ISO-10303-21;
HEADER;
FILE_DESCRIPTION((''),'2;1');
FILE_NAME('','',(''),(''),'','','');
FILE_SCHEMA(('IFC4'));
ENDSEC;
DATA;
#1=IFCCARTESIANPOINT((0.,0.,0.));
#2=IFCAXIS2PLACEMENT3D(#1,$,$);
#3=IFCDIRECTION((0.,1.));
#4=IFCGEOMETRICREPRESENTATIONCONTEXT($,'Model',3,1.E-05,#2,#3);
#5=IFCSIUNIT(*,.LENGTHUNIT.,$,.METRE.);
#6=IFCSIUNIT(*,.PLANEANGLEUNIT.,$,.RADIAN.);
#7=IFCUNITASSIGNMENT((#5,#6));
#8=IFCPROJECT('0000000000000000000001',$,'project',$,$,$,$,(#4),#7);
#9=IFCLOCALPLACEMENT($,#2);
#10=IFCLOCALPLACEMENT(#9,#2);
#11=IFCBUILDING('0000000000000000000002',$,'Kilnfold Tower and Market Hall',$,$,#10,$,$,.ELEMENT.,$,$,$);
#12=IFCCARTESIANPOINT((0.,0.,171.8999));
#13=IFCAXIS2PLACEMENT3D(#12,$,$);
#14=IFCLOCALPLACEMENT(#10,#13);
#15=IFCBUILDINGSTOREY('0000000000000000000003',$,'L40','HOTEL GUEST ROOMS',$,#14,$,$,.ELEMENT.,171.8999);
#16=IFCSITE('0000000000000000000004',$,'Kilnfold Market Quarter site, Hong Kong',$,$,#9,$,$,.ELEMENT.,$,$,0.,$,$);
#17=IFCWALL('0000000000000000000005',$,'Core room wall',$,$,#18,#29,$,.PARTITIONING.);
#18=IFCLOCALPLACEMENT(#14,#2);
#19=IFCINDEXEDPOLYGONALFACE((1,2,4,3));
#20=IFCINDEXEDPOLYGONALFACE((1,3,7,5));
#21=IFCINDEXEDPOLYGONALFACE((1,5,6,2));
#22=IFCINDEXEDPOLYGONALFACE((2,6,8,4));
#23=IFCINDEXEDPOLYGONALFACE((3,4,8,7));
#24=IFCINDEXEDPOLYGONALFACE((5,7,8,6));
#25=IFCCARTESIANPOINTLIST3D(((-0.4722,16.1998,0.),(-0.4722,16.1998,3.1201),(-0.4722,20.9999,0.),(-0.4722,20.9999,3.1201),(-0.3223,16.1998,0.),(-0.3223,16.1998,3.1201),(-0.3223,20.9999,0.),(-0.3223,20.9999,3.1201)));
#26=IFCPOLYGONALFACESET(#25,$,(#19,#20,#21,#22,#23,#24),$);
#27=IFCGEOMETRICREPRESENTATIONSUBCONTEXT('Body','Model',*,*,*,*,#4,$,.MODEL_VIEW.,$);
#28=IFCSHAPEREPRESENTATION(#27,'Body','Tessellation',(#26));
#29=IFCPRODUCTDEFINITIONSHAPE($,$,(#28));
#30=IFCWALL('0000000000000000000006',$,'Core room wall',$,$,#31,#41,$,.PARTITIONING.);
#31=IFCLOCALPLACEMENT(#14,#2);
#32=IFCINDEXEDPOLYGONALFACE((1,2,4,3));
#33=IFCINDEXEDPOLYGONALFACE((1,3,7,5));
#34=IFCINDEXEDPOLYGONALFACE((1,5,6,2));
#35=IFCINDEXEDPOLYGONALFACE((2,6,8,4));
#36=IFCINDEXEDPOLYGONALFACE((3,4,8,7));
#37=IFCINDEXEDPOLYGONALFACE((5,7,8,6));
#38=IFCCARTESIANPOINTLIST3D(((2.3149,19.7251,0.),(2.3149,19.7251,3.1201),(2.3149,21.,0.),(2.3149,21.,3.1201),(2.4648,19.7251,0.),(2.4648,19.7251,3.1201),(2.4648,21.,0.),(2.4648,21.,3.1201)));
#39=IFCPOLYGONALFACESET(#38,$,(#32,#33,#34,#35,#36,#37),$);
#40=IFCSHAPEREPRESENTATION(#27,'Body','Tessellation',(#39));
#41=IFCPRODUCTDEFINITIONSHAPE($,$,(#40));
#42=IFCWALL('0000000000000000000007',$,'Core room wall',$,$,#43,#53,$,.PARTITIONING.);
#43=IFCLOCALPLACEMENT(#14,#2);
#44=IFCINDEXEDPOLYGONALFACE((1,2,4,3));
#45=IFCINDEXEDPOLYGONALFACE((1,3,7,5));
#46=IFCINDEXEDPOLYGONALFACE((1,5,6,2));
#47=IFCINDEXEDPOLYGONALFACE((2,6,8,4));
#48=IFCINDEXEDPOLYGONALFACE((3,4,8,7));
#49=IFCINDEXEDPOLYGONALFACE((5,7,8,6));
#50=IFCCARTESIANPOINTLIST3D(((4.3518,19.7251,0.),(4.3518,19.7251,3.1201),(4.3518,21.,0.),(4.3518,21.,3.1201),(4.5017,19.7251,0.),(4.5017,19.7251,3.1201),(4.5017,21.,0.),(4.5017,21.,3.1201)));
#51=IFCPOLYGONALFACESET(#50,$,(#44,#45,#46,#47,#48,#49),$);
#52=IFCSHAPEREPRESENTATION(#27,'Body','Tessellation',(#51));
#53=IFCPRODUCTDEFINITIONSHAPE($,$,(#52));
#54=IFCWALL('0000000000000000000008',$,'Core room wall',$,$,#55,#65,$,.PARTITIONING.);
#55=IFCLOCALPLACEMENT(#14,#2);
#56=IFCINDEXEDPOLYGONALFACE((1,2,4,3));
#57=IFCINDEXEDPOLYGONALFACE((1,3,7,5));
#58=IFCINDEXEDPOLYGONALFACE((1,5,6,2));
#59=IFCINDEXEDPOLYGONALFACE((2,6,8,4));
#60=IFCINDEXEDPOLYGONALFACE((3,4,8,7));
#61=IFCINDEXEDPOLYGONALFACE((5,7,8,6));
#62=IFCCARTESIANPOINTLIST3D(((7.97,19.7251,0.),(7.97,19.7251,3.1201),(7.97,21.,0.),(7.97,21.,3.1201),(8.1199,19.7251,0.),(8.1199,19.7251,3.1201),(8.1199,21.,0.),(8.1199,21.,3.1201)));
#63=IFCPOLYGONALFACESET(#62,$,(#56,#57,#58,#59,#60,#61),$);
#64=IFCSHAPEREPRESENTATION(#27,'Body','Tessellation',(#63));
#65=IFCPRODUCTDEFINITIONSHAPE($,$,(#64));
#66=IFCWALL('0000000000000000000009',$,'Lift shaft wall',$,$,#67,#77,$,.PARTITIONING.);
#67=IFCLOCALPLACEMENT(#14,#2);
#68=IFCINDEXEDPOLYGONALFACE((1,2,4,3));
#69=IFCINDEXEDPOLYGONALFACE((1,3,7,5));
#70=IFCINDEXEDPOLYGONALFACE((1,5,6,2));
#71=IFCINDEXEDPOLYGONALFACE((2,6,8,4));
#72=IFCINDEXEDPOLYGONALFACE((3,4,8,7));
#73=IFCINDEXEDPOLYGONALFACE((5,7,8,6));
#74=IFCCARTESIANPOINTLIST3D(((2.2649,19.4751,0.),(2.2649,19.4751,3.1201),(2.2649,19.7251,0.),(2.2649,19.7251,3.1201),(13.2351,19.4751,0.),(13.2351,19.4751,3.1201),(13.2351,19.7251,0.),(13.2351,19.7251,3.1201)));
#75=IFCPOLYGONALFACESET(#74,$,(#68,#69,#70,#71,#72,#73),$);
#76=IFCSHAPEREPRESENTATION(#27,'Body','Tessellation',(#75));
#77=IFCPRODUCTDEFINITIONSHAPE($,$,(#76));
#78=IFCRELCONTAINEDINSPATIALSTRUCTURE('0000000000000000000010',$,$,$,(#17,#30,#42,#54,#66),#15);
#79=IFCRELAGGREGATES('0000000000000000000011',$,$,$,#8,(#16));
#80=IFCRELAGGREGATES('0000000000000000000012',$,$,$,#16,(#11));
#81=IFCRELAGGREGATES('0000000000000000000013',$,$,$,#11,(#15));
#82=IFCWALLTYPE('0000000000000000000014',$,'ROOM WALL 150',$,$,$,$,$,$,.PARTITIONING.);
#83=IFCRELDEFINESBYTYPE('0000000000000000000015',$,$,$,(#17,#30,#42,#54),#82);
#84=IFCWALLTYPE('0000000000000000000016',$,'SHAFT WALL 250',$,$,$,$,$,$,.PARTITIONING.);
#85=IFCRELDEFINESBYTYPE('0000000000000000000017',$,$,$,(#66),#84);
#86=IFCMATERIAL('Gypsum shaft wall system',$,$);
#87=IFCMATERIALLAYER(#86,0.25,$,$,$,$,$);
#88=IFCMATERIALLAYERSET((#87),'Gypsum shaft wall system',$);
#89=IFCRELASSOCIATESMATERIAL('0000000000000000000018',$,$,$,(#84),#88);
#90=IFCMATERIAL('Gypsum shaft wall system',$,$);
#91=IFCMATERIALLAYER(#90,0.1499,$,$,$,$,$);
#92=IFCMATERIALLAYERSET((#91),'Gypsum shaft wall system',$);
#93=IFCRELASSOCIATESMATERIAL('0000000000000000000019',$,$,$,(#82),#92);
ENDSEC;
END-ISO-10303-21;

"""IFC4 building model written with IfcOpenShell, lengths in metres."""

from ifc_helpers import new_model, si_unit, direction, frame, frame_2d, origin, place, context, subcontext, project, spatial, rectangle, extrude, source, transform, mapped, material, layer, layer_set, type_object, element, save


model = new_model("IFC4")

# Units and contexts
model_context = context("Model", 3, precision=1e-05, world=origin(), true_north=direction((0.0, 1.0)))
body_context = subcontext(model_context, "Body", "Model", "MODEL_VIEW")
ifc_project = project(units=[si_unit("LENGTHUNIT", "METRE"), si_unit("PLANEANGLEUNIT", "RADIAN")], contexts=[model_context])

# Site, building, storey
site_placement = place(None, origin())
site = spatial("IfcSite", under=ifc_project, at=site_placement, Name="Kilnfold Market Quarter site, Hong Kong", CompositionType="ELEMENT", RefElevation=0.0)
building_placement = place(site_placement, origin())
building = spatial("IfcBuilding", under=site, at=building_placement, Name="Kilnfold Tower and Market Hall", CompositionType="ELEMENT")
storey_placement = place(building_placement, frame((0.0, 0.0, 171.8999)))
storey = spatial("IfcBuildingStorey", under=building, at=storey_placement, Name="L40", Description="HOTEL GUEST ROOMS", CompositionType="ELEMENT", Elevation=171.8999)

# Walls
ifc_material_1 = material(Name="Gypsum shaft wall system")
ifc_layer_1 = layer(ifc_material_1, 0.25)
ifc_layer_set_1 = layer_set([ifc_layer_1], Name="Gypsum shaft wall system")
wall_type_1 = type_object("IfcWallType", Name="SHAFT WALL 250", PredefinedType="PARTITIONING", material=ifc_layer_set_1)
ifc_material_2 = material(Name="Gypsum shaft wall system")
ifc_layer_2 = layer(ifc_material_2, 0.1499)
ifc_layer_set_2 = layer_set([ifc_layer_2], Name="Gypsum shaft wall system")
wall_type_2 = type_object("IfcWallType", Name="ROOM WALL 150", PredefinedType="PARTITIONING", material=ifc_layer_set_2)
shared_shape_1 = source(origin(), body_context, "Body", "SweptSolid", [
    extrude(rectangle(XDim=4.8, YDim=0.1499, at=frame_2d((2.3999, 0.0))), origin(), (0.0, 0.0, 1.0), 3.1201),
])
wall_1_placement = place(storey_placement, frame((-0.3972, 16.2, 0.0), z_axis=(0.0, 0.0, 1.0), x_axis=(0.0, 1.0, 0.0)))
element("IfcWall", 1, at=wall_1_placement, inside=storey, type_object=wall_type_2, Name="Core room wall", PredefinedType="PARTITIONING", context=body_context, shape_type="MappedRepresentation", body=[
    mapped(shared_shape_1, transform((0.0, 0.0, 0.0))),
])
shared_shape_2 = source(origin(), body_context, "Body", "SweptSolid", [
    extrude(rectangle(XDim=1.2749, YDim=0.1499, at=frame_2d((0.6375, 0.0))), origin(), (0.0, 0.0, 1.0), 3.1201),
])
for number, where, z_axis, x_axis, name in (
    (2, (2.3899, 19.7251, 0.0), (0.0, 0.0, 1.0), (0.0, 1.0, 0.0), "Core room wall"),
    (3, (4.4268, 19.7251, 0.0), (0.0, 0.0, 1.0), (0.0, 1.0, 0.0), "Core room wall"),
    (4, (8.0449, 19.7251, 0.0), (0.0, 0.0, 1.0), (0.0, 1.0, 0.0), "Core room wall"),
):
    element("IfcWall", number, at=place(storey_placement, frame(where, z_axis=z_axis, x_axis=x_axis)), inside=storey, type_object=wall_type_2, Name=name, PredefinedType="PARTITIONING", context=body_context, shape_type="MappedRepresentation", body=[
        mapped(shared_shape_2, transform((0.0, 0.0, 0.0))),
    ])
shared_shape_3 = source(origin(), body_context, "Body", "SweptSolid", [
    extrude(rectangle(XDim=10.9702, YDim=0.25, at=frame_2d((5.4851, 0.0))), origin(), (0.0, 0.0, 1.0), 3.1201),
])
wall_2_placement = place(storey_placement, frame((2.2649, 19.6001, 0.0), z_axis=(0.0, 0.0, 1.0), x_axis=(1.0, 0.0, 0.0)))
element("IfcWall", 5, at=wall_2_placement, inside=storey, type_object=wall_type_1, Name="Lift shaft wall", PredefinedType="PARTITIONING", context=body_context, shape_type="MappedRepresentation", body=[
    mapped(shared_shape_3, transform((0.0, 0.0, 0.0))),
])

save(model, "model.ifc")
